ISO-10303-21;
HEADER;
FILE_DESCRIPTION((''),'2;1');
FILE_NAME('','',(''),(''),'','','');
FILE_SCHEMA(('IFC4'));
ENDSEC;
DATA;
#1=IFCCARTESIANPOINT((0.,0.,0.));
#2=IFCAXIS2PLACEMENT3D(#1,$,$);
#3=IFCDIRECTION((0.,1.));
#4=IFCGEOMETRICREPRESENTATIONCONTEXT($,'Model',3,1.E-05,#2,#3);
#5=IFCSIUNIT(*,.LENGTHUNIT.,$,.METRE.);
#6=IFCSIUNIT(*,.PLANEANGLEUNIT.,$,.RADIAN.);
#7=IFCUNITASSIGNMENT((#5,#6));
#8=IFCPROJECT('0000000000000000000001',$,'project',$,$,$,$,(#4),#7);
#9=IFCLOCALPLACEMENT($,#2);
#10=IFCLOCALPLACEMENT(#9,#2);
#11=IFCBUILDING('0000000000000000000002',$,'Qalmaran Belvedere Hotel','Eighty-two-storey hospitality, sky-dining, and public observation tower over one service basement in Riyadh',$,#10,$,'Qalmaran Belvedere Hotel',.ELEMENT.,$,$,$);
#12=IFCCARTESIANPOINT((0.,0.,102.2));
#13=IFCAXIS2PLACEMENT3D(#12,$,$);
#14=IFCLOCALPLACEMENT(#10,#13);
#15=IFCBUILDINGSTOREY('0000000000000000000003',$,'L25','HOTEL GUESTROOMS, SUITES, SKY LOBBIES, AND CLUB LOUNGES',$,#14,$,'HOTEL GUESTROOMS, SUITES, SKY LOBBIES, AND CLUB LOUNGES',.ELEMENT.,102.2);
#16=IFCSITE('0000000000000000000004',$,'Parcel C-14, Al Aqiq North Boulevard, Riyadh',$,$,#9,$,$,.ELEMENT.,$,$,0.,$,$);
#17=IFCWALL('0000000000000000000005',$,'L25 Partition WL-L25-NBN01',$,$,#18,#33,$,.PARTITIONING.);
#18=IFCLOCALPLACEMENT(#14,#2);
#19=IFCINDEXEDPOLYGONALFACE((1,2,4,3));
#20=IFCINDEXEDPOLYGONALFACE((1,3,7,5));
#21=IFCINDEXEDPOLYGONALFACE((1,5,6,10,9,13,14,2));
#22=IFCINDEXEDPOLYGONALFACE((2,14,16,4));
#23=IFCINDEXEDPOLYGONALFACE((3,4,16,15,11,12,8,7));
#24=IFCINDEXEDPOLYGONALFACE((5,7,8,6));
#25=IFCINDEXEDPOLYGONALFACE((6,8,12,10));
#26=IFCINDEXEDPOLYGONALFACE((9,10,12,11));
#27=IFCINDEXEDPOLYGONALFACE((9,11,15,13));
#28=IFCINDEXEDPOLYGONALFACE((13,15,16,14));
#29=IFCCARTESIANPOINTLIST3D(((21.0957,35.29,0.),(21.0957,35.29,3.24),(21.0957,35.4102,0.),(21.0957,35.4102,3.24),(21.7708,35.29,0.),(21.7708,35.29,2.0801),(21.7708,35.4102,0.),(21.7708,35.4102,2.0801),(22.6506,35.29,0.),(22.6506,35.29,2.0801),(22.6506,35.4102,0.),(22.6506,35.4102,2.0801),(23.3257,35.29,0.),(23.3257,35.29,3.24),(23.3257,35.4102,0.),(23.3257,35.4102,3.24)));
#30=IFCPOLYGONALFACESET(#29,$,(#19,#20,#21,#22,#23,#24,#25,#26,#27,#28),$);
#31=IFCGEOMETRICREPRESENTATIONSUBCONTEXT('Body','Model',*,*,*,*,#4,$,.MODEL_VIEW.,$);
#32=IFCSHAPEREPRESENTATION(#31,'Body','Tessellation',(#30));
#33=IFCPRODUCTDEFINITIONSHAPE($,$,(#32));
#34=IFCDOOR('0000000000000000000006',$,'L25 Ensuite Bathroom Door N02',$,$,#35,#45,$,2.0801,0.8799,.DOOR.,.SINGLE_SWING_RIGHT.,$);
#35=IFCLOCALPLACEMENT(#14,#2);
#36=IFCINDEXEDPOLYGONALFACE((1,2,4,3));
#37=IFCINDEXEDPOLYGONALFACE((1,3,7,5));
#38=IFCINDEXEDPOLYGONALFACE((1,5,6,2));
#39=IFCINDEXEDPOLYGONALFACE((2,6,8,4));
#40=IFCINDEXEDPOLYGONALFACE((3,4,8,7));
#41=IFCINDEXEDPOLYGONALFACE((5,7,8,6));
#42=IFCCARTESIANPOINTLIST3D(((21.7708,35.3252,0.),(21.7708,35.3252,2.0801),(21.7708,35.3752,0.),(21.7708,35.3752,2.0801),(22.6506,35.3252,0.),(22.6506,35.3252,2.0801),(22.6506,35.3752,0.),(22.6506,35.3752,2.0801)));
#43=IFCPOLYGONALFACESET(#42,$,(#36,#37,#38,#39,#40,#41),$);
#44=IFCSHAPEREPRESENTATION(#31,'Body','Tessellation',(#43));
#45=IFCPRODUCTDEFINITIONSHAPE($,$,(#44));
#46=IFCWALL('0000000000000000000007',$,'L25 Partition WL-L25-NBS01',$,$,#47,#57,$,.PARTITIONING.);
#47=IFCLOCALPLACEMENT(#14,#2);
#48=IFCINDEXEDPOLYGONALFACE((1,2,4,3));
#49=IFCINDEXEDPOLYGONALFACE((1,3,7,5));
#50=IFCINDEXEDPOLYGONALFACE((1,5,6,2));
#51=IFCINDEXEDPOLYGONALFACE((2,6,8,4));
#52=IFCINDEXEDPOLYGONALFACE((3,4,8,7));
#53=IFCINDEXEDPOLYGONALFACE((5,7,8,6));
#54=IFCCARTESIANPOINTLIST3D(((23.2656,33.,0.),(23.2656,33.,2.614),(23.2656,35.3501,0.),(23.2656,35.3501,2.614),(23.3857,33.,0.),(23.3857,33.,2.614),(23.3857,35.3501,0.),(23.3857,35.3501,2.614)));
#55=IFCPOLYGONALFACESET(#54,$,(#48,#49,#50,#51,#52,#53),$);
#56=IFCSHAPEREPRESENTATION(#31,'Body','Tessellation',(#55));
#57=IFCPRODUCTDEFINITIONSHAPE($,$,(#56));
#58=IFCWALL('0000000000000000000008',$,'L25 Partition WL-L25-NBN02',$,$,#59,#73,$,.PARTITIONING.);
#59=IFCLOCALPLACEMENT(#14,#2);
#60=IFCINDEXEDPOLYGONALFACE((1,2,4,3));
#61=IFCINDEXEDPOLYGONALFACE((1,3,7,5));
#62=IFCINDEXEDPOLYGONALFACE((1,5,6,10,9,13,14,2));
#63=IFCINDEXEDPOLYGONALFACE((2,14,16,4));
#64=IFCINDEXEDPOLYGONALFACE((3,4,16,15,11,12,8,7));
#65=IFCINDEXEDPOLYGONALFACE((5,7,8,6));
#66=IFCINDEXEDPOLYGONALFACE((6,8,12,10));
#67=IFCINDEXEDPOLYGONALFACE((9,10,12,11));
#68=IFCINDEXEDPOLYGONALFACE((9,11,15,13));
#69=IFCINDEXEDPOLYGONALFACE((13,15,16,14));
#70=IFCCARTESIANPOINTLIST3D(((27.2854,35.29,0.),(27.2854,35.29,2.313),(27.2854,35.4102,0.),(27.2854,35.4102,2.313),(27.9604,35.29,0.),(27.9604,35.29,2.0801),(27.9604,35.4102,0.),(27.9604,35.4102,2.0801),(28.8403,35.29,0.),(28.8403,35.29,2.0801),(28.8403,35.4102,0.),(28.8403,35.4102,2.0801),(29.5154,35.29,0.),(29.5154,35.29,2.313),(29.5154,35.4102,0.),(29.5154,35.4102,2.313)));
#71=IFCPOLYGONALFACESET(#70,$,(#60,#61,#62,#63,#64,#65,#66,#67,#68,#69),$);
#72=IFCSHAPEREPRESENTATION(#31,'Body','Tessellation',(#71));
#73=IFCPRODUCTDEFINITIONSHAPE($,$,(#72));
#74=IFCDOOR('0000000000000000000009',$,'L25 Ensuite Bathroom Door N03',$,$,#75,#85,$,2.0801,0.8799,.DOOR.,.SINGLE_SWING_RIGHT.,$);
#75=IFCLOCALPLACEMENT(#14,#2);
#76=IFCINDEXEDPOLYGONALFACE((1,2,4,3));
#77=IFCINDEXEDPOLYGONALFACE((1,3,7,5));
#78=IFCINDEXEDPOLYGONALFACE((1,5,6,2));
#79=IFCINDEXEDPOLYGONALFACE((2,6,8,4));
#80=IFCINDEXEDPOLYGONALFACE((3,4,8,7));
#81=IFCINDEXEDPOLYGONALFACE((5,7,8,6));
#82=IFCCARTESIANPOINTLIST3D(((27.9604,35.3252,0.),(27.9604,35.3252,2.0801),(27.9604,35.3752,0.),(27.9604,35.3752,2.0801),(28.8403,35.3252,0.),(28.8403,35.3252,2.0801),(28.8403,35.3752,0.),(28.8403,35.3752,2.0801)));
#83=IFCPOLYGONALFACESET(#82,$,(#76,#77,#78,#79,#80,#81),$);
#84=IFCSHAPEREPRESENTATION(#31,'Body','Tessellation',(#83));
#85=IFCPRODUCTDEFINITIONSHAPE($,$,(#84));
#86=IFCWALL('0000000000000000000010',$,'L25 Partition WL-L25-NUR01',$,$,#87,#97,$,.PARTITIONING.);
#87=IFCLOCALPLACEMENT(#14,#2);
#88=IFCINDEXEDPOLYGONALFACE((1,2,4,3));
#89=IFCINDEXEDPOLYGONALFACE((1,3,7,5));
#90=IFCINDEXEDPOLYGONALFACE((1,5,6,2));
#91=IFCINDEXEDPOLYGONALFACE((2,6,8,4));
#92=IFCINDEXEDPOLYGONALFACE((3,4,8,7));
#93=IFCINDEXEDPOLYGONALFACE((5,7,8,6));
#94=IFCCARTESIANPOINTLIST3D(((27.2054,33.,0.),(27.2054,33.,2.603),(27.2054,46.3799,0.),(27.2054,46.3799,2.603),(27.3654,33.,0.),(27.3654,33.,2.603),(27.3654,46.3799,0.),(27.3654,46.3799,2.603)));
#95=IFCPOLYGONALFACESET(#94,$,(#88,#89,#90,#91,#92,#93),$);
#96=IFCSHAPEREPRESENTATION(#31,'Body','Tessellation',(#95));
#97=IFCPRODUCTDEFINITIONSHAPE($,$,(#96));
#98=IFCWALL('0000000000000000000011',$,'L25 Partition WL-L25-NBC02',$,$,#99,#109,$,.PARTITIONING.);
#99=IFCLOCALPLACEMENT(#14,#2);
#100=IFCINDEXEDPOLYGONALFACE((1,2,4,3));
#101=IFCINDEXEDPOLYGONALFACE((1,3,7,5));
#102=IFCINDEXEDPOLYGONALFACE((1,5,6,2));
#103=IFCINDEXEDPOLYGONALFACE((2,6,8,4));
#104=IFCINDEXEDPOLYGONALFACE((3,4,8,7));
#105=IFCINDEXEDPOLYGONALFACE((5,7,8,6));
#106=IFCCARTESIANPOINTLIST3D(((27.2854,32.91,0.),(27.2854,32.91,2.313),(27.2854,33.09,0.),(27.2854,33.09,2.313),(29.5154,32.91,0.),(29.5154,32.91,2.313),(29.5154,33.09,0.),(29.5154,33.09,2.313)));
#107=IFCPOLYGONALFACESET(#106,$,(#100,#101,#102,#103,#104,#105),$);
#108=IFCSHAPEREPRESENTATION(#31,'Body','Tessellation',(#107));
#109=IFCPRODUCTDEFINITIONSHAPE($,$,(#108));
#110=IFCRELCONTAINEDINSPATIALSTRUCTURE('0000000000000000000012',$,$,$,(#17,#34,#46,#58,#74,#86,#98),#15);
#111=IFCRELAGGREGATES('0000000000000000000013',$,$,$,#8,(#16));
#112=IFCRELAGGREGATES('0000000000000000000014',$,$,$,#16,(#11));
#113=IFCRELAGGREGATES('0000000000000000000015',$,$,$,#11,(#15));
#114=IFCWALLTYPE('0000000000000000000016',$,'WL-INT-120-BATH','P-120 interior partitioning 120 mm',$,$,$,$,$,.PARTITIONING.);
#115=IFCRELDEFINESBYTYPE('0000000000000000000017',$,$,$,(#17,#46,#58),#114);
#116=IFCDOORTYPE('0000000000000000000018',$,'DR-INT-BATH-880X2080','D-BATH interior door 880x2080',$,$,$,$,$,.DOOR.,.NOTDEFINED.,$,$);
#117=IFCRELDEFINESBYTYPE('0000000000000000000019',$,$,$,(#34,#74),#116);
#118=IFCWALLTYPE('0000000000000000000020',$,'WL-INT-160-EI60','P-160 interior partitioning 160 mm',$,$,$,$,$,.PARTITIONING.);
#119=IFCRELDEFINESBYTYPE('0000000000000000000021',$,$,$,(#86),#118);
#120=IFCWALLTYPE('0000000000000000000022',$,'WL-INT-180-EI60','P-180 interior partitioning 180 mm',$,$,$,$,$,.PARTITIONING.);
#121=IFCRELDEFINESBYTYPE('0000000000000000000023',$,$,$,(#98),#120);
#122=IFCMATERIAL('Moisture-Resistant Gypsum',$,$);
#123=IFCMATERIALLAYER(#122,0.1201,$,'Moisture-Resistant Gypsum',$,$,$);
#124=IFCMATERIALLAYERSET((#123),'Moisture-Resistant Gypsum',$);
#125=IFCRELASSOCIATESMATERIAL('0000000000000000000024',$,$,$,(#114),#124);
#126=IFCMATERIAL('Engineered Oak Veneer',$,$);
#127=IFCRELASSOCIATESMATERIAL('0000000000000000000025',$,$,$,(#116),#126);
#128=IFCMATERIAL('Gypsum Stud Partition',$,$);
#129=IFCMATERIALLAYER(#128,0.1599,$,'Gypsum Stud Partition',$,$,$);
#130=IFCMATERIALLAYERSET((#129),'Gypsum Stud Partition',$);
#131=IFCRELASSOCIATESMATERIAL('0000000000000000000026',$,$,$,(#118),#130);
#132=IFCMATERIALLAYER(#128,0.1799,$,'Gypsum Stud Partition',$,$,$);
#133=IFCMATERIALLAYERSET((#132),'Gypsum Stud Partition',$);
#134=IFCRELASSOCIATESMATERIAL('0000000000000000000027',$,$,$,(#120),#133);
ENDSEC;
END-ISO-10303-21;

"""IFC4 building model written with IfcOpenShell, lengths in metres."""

from ifc_helpers import new_model, si_unit, direction, frame, frame_2d, origin, place, context, subcontext, project, spatial, rectangle, extrude, material, layer, layer_set, type_object, element, fill, save


model = new_model("IFC4")

# Units and contexts
model_context = context("Model", 3, precision=1e-05, world=origin(), true_north=direction((0.0, 1.0)))
body_context = subcontext(model_context, "Body", "Model", "MODEL_VIEW")
ifc_project = project(units=[si_unit("LENGTHUNIT", "METRE"), si_unit("PLANEANGLEUNIT", "RADIAN")], contexts=[model_context])

# Site, building, storey
site_placement = place(None, origin())
site = spatial("IfcSite", under=ifc_project, at=site_placement, Name="Parcel C-14, Al Aqiq North Boulevard, Riyadh", CompositionType="ELEMENT", RefElevation=0.0)
building_placement = place(site_placement, origin())
building = spatial("IfcBuilding", under=site, at=building_placement, Name="Qalmaran Belvedere Hotel", Description="Eighty-two-storey hospitality, sky-dining, and public observation tower over one service basement in Riyadh", LongName="Qalmaran Belvedere Hotel", CompositionType="ELEMENT")
storey_placement = place(building_placement, frame((0.0, 0.0, 102.2)))
storey = spatial("IfcBuildingStorey", under=building, at=storey_placement, Name="L25", Description="HOTEL GUESTROOMS, SUITES, SKY LOBBIES, AND CLUB LOUNGES", LongName="HOTEL GUESTROOMS, SUITES, SKY LOBBIES, AND CLUB LOUNGES", CompositionType="ELEMENT", Elevation=102.2)

# Wall, opening, door
ifc_material_1 = material(Name="Moisture-Resistant Gypsum")
ifc_layer_1 = layer(ifc_material_1, 0.1201, Name="Moisture-Resistant Gypsum")
ifc_layer_set_1 = layer_set([ifc_layer_1], Name="Moisture-Resistant Gypsum")
wall_type_1 = type_object("IfcWallType", Name="WL-INT-120-BATH", Description="P-120 interior partitioning 120 mm", PredefinedType="PARTITIONING", material=ifc_layer_set_1)
wall_1_placement = place(storey_placement, frame((21.0957, 35.3501, 0.0), z_axis=(0.0, 0.0, 1.0), x_axis=(1.0, 0.0, 0.0)))
wall_1 = element("IfcWall", 1, at=wall_1_placement, inside=storey, type_object=wall_type_1, Name="L25 Partition WL-L25-NBN01", PredefinedType="PARTITIONING", context=body_context, shape_type="SweptSolid", body=[
    extrude(rectangle(XDim=2.23, YDim=0.1201, at=frame_2d((1.115, 0.0))), origin(), (0.0, 0.0, 1.0), 3.24),
])
opening_1_placement = place(wall_1_placement, frame((1.5549, 0.0, 0.0), z_axis=(0.0, 0.0, 1.0), x_axis=(-1.0, 0.0, 0.0)))
opening_1 = element("IfcOpeningElement", 2, at=opening_1_placement, cuts=wall_1, PredefinedType="OPENING", context=body_context, shape_type="SweptSolid", body=[
    extrude(rectangle(XDim=0.8799, YDim=2.0801, at=frame_2d((0.4399, 1.04))), frame((0.0, 0.0701, 0.0), z_axis=(0.0, -1.0, 0.0), x_axis=(1.0, 0.0, 0.0)), (0.0, 0.0, 1.0), 0.1401),
])
ifc_material_2 = material(Name="Engineered Oak Veneer")
door_type_1 = type_object("IfcDoorType", Name="DR-INT-BATH-880X2080", Description="D-BATH interior door 880x2080", OperationType="NOTDEFINED", PredefinedType="DOOR", material=ifc_material_2)
door_1_placement = place(opening_1_placement, origin())
door_1 = element("IfcDoor", 3, at=door_1_placement, inside=storey, type_object=door_type_1, Name="L25 Ensuite Bathroom Door N02", OperationType="SINGLE_SWING_RIGHT", OverallHeight=2.0801, OverallWidth=0.8799, PredefinedType="DOOR", context=body_context, shape_type="SweptSolid", body=[
    extrude(rectangle(XDim=0.8799, YDim=2.0801, at=frame_2d((0.4399, 1.04))), frame((0.0, 0.0249, 0.0), z_axis=(0.0, -1.0, 0.0), x_axis=(1.0, 0.0, 0.0)), (0.0, 0.0, 1.0), 0.05),
])
fill(opening_1, door_1)

# Wall
wall_2_placement = place(storey_placement, frame((23.3257, 33.0, 0.0), z_axis=(0.0, 0.0, 1.0), x_axis=(0.0, 1.0, 0.0)))
element("IfcWall", 4, at=wall_2_placement, inside=storey, type_object=wall_type_1, Name="L25 Partition WL-L25-NBS01", PredefinedType="PARTITIONING", context=body_context, shape_type="SweptSolid", body=[
    extrude(rectangle(XDim=2.3501, YDim=0.1201, at=frame_2d((1.175, 0.0))), origin(), (0.0, 0.0, 1.0), 2.614),
])

# Wall, opening, door
wall_3_placement = place(storey_placement, frame((27.2854, 35.3501, 0.0), z_axis=(0.0, 0.0, 1.0), x_axis=(1.0, 0.0, 0.0)))
wall_3 = element("IfcWall", 5, at=wall_3_placement, inside=storey, type_object=wall_type_1, Name="L25 Partition WL-L25-NBN02", PredefinedType="PARTITIONING", context=body_context, shape_type="SweptSolid", body=[
    extrude(rectangle(XDim=2.23, YDim=0.1201, at=frame_2d((1.115, 0.0))), origin(), (0.0, 0.0, 1.0), 2.313),
])
opening_2_placement = place(wall_3_placement, frame((1.5549, 0.0, 0.0), z_axis=(0.0, 0.0, 1.0), x_axis=(-1.0, 0.0, 0.0)))
opening_2 = element("IfcOpeningElement", 6, at=opening_2_placement, cuts=wall_3, PredefinedType="OPENING", context=body_context, shape_type="SweptSolid", body=[
    extrude(rectangle(XDim=0.8799, YDim=2.0801, at=frame_2d((0.4399, 1.04))), frame((0.0, 0.0701, 0.0), z_axis=(0.0, -1.0, 0.0), x_axis=(1.0, 0.0, 0.0)), (0.0, 0.0, 1.0), 0.1401),
])
door_2_placement = place(opening_2_placement, origin())
door_2 = element("IfcDoor", 7, at=door_2_placement, inside=storey, type_object=door_type_1, Name="L25 Ensuite Bathroom Door N03", OperationType="SINGLE_SWING_RIGHT", OverallHeight=2.0801, OverallWidth=0.8799, PredefinedType="DOOR", context=body_context, shape_type="SweptSolid", body=[
    extrude(rectangle(XDim=0.8799, YDim=2.0801, at=frame_2d((0.4399, 1.04))), frame((0.0, 0.0249, 0.0), z_axis=(0.0, -1.0, 0.0), x_axis=(1.0, 0.0, 0.0)), (0.0, 0.0, 1.0), 0.05),
])
fill(opening_2, door_2)

# Wall
ifc_material_3 = material(Name="Gypsum Stud Partition")
ifc_layer_2 = layer(ifc_material_3, 0.1599, Name="Gypsum Stud Partition")
ifc_layer_set_2 = layer_set([ifc_layer_2], Name="Gypsum Stud Partition")
wall_type_2 = type_object("IfcWallType", Name="WL-INT-160-EI60", Description="P-160 interior partitioning 160 mm", PredefinedType="PARTITIONING", material=ifc_layer_set_2)
wall_4_placement = place(storey_placement, frame((27.2854, 33.0, 0.0), z_axis=(0.0, 0.0, 1.0), x_axis=(0.0, 1.0, 0.0)))
element("IfcWall", 8, at=wall_4_placement, inside=storey, type_object=wall_type_2, Name="L25 Partition WL-L25-NUR01", PredefinedType="PARTITIONING", context=body_context, shape_type="SweptSolid", body=[
    extrude(rectangle(XDim=13.3799, YDim=0.1599, at=frame_2d((6.6899, 0.0))), origin(), (0.0, 0.0, 1.0), 2.603),
])

# Shared definitions
ifc_layer_3 = layer(ifc_material_3, 0.1799, Name="Gypsum Stud Partition")
ifc_layer_set_3 = layer_set([ifc_layer_3], Name="Gypsum Stud Partition")
wall_type_3 = type_object("IfcWallType", Name="WL-INT-180-EI60", Description="P-180 interior partitioning 180 mm", PredefinedType="PARTITIONING", material=ifc_layer_set_3)

# Wall
wall_5_placement = place(storey_placement, frame((27.2854, 33.0, 0.0), z_axis=(0.0, 0.0, 1.0), x_axis=(1.0, 0.0, 0.0)))
element("IfcWall", 9, at=wall_5_placement, inside=storey, type_object=wall_type_3, Name="L25 Partition WL-L25-NBC02", PredefinedType="PARTITIONING", context=body_context, shape_type="SweptSolid", body=[
    extrude(rectangle(XDim=2.23, YDim=0.1799, at=frame_2d((1.115, 0.0))), origin(), (0.0, 0.0, 1.0), 2.313),
])

save(model, "model.ifc")
